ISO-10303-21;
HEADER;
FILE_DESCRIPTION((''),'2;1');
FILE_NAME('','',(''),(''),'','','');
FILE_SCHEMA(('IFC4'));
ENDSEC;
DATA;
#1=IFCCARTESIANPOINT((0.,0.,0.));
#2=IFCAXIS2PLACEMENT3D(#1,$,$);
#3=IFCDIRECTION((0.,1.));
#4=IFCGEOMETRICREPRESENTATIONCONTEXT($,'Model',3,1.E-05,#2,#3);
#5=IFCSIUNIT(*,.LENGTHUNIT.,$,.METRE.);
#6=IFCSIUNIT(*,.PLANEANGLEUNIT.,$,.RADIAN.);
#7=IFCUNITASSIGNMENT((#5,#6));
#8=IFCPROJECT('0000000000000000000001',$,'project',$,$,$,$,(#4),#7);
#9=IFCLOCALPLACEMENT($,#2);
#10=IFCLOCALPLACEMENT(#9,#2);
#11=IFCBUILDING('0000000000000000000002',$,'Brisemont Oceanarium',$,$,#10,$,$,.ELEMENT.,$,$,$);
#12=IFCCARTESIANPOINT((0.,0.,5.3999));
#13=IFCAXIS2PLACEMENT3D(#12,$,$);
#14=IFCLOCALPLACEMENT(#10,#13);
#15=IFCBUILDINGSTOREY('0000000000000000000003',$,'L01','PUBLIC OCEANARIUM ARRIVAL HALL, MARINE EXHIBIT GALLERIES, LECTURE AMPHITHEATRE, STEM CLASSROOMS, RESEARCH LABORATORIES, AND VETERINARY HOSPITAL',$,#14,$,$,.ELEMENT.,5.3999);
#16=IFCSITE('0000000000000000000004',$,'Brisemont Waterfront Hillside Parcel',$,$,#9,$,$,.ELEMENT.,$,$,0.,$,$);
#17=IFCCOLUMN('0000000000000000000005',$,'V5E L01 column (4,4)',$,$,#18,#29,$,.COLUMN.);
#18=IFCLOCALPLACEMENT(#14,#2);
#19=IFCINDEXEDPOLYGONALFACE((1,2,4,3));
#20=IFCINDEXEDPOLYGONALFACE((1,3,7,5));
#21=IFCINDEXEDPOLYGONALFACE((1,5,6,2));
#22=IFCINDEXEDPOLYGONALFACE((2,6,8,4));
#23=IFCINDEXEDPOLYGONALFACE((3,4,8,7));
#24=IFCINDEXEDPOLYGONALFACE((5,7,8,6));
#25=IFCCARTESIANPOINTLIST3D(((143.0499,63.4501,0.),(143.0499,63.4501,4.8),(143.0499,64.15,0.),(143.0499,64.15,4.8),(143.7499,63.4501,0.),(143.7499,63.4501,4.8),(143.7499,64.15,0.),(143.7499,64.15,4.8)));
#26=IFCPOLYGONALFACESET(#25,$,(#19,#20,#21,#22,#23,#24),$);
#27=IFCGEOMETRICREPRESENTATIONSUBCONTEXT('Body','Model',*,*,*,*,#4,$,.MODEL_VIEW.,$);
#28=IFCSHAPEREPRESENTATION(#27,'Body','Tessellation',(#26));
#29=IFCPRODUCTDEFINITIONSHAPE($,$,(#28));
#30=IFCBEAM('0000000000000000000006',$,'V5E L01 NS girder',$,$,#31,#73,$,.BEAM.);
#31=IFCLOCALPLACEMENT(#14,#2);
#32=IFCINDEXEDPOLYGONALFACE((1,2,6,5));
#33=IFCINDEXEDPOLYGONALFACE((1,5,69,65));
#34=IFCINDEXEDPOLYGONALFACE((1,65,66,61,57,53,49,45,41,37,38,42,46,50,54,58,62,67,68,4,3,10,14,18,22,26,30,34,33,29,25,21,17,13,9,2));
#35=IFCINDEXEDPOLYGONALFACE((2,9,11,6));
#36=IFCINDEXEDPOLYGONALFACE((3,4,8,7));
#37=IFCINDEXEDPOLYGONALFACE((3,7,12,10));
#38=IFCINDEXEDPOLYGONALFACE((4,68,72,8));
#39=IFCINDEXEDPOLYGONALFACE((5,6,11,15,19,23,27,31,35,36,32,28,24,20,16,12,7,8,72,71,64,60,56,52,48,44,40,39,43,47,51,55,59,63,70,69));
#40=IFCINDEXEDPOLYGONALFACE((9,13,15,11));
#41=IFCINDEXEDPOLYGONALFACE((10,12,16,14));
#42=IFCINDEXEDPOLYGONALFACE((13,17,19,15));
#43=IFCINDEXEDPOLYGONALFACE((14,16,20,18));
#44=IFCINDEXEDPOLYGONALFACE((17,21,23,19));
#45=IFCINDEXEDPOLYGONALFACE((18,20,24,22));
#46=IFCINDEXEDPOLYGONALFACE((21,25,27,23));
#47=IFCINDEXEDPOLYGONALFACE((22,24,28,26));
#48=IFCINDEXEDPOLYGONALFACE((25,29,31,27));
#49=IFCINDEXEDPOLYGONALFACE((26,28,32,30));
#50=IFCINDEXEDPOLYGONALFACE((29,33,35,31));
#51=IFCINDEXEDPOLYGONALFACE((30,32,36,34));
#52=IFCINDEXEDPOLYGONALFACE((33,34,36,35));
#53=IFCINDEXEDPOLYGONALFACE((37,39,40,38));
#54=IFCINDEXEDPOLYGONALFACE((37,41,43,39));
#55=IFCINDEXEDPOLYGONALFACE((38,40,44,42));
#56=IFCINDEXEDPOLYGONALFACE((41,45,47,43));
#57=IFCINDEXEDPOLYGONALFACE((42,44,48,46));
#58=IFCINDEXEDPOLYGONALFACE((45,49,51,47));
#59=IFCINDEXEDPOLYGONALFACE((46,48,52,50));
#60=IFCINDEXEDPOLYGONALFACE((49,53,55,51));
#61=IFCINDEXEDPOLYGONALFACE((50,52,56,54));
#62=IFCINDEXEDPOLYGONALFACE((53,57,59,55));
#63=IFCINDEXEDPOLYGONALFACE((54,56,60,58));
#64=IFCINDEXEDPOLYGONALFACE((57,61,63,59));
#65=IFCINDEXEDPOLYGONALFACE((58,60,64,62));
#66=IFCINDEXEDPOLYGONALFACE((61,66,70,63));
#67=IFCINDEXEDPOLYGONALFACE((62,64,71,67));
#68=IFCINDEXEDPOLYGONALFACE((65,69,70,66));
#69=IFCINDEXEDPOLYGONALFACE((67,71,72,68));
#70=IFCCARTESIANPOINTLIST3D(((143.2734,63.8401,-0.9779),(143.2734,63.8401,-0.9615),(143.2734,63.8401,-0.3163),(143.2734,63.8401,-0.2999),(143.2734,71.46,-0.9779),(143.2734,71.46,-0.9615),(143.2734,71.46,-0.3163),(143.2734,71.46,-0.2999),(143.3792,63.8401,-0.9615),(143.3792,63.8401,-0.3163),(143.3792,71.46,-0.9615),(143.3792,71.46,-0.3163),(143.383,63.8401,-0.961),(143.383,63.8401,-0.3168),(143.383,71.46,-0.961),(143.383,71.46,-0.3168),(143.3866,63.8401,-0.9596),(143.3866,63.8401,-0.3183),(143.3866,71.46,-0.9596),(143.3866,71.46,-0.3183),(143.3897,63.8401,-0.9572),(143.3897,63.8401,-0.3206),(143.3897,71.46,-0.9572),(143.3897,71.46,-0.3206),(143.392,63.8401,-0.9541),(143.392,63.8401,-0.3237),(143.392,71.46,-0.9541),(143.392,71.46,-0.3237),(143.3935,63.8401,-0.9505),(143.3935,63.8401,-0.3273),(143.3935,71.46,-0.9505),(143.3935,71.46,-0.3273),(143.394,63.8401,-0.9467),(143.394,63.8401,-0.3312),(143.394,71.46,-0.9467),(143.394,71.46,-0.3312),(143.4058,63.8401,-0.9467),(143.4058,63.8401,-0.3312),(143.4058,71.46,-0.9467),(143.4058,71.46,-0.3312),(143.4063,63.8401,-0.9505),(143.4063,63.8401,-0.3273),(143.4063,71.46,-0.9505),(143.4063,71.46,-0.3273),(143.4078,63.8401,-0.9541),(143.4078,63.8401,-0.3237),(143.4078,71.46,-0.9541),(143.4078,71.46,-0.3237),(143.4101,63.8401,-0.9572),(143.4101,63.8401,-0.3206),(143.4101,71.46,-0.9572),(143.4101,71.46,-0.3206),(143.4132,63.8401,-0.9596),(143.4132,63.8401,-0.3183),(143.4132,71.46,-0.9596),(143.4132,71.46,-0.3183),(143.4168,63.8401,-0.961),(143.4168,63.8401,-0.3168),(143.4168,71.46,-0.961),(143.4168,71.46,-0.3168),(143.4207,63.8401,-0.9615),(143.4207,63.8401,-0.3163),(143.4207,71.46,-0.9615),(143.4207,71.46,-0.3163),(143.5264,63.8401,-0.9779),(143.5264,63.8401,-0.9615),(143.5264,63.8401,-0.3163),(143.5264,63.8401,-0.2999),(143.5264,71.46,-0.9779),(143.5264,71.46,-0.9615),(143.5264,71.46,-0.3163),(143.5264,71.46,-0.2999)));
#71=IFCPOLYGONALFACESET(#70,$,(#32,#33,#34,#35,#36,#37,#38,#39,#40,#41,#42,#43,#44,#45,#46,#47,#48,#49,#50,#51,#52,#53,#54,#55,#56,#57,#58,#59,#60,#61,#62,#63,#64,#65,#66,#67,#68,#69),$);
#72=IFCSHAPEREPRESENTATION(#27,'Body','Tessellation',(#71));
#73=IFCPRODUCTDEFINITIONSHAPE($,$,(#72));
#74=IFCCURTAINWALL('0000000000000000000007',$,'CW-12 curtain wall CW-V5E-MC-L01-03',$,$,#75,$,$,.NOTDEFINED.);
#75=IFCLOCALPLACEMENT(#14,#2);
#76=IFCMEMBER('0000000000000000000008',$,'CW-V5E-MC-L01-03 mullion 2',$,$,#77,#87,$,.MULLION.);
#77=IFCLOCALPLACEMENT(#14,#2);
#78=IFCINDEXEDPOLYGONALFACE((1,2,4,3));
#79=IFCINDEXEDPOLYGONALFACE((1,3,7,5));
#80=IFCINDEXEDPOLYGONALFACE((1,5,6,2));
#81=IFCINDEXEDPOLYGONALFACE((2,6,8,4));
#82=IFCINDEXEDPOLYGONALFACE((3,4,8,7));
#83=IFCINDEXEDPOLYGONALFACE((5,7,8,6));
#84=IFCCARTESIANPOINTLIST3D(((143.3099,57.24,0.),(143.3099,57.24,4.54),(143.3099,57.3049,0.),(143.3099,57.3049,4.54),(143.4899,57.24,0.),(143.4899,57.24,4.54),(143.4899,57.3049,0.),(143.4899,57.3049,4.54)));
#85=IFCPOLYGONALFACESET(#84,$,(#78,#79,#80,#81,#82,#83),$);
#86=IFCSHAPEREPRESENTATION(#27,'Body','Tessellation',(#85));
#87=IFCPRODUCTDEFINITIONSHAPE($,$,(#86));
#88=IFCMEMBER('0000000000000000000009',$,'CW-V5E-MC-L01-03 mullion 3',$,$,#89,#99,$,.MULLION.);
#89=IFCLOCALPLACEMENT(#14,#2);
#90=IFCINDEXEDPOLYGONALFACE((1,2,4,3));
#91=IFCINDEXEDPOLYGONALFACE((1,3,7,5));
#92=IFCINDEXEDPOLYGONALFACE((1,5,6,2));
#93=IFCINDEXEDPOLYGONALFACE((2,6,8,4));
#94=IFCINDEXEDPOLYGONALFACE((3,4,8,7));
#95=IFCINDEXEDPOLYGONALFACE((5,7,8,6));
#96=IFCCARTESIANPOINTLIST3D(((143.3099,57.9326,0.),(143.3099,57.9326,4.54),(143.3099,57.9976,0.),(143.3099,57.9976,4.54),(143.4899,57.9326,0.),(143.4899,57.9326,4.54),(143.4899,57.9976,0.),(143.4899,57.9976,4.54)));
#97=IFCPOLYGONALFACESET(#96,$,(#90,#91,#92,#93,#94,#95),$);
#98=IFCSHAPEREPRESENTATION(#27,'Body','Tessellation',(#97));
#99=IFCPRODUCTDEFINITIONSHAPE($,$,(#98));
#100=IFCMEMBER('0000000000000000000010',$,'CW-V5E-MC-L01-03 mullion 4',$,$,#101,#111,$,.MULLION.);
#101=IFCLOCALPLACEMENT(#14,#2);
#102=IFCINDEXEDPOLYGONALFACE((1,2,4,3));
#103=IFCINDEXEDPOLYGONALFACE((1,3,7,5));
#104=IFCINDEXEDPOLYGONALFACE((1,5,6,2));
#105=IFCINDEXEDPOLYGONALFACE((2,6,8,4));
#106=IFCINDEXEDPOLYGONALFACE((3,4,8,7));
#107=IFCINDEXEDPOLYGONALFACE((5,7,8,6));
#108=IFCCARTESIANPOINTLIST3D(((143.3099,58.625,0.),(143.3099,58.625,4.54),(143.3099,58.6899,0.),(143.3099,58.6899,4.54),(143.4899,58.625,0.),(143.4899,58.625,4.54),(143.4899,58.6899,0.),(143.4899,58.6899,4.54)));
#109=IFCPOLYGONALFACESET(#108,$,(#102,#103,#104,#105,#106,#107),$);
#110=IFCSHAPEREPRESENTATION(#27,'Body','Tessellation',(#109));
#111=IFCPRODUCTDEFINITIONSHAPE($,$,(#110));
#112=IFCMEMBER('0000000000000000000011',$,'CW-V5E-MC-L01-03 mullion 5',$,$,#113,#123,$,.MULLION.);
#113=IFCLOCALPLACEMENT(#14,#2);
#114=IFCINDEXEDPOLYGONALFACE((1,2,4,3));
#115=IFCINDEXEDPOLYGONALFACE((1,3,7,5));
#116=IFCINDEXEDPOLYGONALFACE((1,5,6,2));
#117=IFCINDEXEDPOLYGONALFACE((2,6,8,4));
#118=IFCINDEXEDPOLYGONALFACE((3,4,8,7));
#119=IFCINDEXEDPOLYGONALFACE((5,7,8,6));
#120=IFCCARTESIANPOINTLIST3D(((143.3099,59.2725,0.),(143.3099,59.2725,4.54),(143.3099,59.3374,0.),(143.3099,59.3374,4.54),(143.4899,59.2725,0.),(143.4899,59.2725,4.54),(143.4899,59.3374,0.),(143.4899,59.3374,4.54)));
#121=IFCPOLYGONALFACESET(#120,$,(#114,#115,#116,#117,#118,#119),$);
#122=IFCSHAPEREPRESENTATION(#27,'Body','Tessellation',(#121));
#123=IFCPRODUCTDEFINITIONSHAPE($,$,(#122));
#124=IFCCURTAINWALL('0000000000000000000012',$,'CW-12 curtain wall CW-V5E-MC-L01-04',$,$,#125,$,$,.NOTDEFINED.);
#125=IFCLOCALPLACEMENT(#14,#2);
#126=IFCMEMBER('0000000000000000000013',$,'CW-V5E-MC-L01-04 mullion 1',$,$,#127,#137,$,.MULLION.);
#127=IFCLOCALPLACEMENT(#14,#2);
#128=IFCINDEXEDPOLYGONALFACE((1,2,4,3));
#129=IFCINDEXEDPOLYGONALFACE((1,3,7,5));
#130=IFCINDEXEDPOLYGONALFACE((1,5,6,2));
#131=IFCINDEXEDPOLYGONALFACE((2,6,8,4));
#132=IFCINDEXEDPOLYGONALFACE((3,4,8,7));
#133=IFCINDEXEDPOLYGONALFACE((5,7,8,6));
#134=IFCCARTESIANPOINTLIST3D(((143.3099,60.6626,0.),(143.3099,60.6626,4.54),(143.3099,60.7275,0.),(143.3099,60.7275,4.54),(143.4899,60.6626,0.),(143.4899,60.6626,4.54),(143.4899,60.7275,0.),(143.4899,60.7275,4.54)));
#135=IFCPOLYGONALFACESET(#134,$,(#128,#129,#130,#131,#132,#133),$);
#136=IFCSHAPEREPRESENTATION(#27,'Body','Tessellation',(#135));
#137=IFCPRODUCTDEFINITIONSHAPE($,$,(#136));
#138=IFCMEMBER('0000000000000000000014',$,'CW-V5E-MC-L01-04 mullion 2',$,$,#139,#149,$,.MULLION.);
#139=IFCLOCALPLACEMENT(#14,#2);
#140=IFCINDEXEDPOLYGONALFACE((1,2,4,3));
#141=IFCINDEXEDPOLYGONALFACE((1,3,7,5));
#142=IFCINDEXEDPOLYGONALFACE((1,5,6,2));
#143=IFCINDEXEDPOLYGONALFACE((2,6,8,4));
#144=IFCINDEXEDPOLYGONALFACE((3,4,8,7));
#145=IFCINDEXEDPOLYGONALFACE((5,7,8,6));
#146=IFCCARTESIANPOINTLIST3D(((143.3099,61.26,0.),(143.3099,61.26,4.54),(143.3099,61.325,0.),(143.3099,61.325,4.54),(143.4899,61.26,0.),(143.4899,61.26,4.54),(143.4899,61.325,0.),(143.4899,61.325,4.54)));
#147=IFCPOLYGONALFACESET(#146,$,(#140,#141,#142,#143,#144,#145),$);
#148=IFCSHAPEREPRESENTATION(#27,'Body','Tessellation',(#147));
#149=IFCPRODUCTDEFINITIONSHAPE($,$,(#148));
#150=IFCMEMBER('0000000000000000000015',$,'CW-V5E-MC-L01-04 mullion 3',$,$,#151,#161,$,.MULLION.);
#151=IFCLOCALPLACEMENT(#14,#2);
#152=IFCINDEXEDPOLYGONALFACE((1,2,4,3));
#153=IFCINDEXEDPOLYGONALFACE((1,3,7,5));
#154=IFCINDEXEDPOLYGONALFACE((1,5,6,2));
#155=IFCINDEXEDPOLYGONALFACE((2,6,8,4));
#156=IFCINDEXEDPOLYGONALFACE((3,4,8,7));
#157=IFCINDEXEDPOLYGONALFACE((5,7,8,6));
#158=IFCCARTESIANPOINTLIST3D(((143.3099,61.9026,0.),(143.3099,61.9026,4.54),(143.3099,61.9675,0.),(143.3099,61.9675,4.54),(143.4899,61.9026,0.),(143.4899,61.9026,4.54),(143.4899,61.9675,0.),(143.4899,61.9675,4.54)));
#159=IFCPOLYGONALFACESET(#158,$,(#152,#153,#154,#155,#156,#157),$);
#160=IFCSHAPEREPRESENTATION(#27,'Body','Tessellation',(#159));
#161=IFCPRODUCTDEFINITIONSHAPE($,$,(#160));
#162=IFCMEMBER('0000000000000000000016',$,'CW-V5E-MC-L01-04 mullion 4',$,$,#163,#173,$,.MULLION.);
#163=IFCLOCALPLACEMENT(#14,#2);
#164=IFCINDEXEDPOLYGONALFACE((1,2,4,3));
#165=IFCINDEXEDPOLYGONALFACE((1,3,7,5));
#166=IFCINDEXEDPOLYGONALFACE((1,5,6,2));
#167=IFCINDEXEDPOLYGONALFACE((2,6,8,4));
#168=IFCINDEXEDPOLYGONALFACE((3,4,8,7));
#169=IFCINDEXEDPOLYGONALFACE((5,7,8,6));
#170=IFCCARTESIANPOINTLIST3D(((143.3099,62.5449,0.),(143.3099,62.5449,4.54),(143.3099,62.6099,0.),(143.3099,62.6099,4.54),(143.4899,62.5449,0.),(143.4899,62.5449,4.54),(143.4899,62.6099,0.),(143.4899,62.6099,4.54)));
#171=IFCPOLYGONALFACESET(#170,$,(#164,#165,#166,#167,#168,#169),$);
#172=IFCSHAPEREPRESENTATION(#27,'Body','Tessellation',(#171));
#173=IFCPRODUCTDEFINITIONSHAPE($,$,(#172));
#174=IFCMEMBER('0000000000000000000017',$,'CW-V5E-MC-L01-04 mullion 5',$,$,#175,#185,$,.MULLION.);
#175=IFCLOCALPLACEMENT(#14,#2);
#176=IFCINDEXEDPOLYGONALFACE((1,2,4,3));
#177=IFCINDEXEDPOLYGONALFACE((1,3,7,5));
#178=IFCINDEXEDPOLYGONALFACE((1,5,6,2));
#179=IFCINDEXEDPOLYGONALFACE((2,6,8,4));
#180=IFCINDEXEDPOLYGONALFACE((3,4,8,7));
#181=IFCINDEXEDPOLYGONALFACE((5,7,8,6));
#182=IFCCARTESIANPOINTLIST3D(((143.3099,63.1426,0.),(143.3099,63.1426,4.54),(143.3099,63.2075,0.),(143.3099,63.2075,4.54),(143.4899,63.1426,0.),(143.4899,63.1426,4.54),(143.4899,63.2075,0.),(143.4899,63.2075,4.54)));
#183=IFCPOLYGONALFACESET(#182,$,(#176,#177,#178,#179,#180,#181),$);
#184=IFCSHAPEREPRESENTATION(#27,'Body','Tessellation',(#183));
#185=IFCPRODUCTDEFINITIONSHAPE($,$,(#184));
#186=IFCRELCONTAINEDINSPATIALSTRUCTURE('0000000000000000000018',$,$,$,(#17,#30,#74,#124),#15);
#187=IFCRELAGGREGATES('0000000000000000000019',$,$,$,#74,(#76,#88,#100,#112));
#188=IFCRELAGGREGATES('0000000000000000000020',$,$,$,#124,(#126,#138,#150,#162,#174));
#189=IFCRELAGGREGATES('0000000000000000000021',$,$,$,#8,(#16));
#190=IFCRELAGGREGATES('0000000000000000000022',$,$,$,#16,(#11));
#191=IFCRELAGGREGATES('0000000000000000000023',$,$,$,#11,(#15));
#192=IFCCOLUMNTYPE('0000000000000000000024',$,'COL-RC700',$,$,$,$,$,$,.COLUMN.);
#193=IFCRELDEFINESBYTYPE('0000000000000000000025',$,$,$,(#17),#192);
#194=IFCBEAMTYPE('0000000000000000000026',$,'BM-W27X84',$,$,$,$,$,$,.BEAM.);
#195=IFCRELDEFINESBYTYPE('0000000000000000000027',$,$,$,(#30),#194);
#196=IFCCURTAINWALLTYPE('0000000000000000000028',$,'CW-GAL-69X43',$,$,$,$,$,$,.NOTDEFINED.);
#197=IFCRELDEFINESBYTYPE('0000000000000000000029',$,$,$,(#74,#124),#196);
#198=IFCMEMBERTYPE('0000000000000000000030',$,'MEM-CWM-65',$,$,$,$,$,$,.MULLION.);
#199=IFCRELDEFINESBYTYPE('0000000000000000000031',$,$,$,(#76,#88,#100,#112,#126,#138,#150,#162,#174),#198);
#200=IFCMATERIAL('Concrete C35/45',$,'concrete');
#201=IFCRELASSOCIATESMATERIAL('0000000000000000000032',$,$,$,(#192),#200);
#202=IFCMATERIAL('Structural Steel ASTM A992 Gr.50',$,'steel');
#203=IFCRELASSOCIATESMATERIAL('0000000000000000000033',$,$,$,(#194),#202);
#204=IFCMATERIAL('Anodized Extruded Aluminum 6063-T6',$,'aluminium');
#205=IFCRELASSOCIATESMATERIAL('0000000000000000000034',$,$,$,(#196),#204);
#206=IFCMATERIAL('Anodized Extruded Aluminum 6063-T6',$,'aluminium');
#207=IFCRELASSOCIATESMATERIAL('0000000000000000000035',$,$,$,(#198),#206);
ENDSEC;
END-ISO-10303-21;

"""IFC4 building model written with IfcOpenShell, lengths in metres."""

from ifc_helpers import new_model, si_unit, direction, frame, origin, origin_2d, place, context, subcontext, project, spatial, rectangle, i_section, extrude, material, material_profile, profile_set, type_object, element, aggregate, save


model = new_model("IFC4")

# Units and contexts
model_context = context("Model", 3, precision=1e-05, world=origin(), true_north=direction((0.0, 1.0)))
body_context = subcontext(model_context, "Body", "Model", "MODEL_VIEW")
ifc_project = project(units=[si_unit("LENGTHUNIT", "METRE"), si_unit("PLANEANGLEUNIT", "RADIAN")], contexts=[model_context])

# Site, building, storey
site_placement = place(None, origin())
site = spatial("IfcSite", under=ifc_project, at=site_placement, Name="Brisemont Waterfront Hillside Parcel", CompositionType="ELEMENT", RefElevation=0.0)
building_placement = place(site_placement, origin())
building = spatial("IfcBuilding", under=site, at=building_placement, Name="Brisemont Oceanarium", CompositionType="ELEMENT")
storey_placement = place(building_placement, frame((0.0, 0.0, 5.3999)))
storey = spatial("IfcBuildingStorey", under=building, at=storey_placement, Name="L01", Description="PUBLIC OCEANARIUM ARRIVAL HALL, MARINE EXHIBIT GALLERIES, LECTURE AMPHITHEATRE, STEM CLASSROOMS, RESEARCH LABORATORIES, AND VETERINARY HOSPITAL", CompositionType="ELEMENT", Elevation=5.3999)

# Column
ifc_material_1 = material(Name="Concrete C35/45", Category="concrete")
ifc_material_profile_1 = material_profile(ifc_material_1, rectangle(XDim=0.7, YDim=0.7, at=origin_2d()), Name="RC-COL-700X700")
ifc_profile_set_1 = profile_set([ifc_material_profile_1], Name="Concrete C35/45")
column_type = type_object("IfcColumnType", Name="COL-RC700", PredefinedType="COLUMN", material=ifc_profile_set_1)
column_placement = place(storey_placement, frame((143.3999, 63.8, 0.0), z_axis=(0.0, 0.0, 1.0), x_axis=(1.0, 0.0, 0.0)))
element("IfcColumn", 1, at=column_placement, inside=storey, type_object=column_type, Name="V5E L01 column (4,4)", PredefinedType="COLUMN", context=body_context, shape_type="SweptSolid", body=[
    extrude(rectangle(XDim=0.7, YDim=0.7, at=origin_2d()), origin(), (0.0, 0.0, 1.0), 4.8),
])

# Beam
ifc_material_2 = material(Name="Structural Steel ASTM A992 Gr.50", Category="steel")
ifc_material_profile_2 = material_profile(ifc_material_2, i_section(OverallWidth=0.2529, OverallDepth=0.678, WebThickness=0.0117, FlangeThickness=0.0164, FilletRadius=0.0149, at=origin_2d()), Name="W27X84")
ifc_profile_set_2 = profile_set([ifc_material_profile_2], Name="Structural Steel ASTM A992 Gr.50")
beam_type = type_object("IfcBeamType", Name="BM-W27X84", PredefinedType="BEAM", material=ifc_profile_set_2)
beam_placement = place(storey_placement, frame((143.3999, 63.8401, -0.6389), z_axis=(0.0, 1.0, 0.0), x_axis=(-1.0, 0.0, 0.0)))
element("IfcBeam", 2, at=beam_placement, inside=storey, type_object=beam_type, Name="V5E L01 NS girder", PredefinedType="BEAM", context=body_context, shape_type="SweptSolid", body=[
    extrude(i_section(OverallWidth=0.2529, OverallDepth=0.678, WebThickness=0.0117, FlangeThickness=0.0164, FilletRadius=0.0149, at=origin_2d()), origin(), (0.0, 0.0, 1.0), 7.6199),
])

# Curtain walls, members
ifc_material_3 = material(Name="Anodized Extruded Aluminum 6063-T6", Category="aluminium")
curtain_wall_type = type_object("IfcCurtainWallType", Name="CW-GAL-69X43", PredefinedType="NOTDEFINED", material=ifc_material_3)
curtain_wall_1_placement = place(storey_placement, origin())
curtain_wall_1 = element("IfcCurtainWall", 3, at=curtain_wall_1_placement, inside=storey, type_object=curtain_wall_type, Name="CW-12 curtain wall CW-V5E-MC-L01-03", PredefinedType="NOTDEFINED")
ifc_material_4 = material(Name="Anodized Extruded Aluminum 6063-T6", Category="aluminium")
ifc_material_profile_3 = material_profile(ifc_material_4, rectangle(XDim=0.0649, YDim=0.1799, at=origin_2d()), Name="CWM-65X180")
ifc_profile_set_3 = profile_set([ifc_material_profile_3], Name="Anodized Extruded Aluminum 6063-T6")
member_type_1 = type_object("IfcMemberType", Name="MEM-CWM-65", PredefinedType="MULLION", material=ifc_profile_set_3)
member_1_placement = place(storey_placement, frame((143.3999, 57.2725, 0.0), z_axis=(0.0, 0.0, 1.0), x_axis=(0.0, 1.0, 0.0)))
member_1 = element("IfcMember", 4, at=member_1_placement, type_object=member_type_1, Name="CW-V5E-MC-L01-03 mullion 2", PredefinedType="MULLION", context=body_context, shape_type="SweptSolid", body=[
    extrude(rectangle(XDim=0.0649, YDim=0.1799, at=origin_2d()), origin(), (0.0, 0.0, 1.0), 4.54),
])
member_2_placement = place(storey_placement, frame((143.3999, 57.9651, 0.0), z_axis=(0.0, 0.0, 1.0), x_axis=(0.0, 1.0, 0.0)))
member_2 = element("IfcMember", 5, at=member_2_placement, type_object=member_type_1, Name="CW-V5E-MC-L01-03 mullion 3", PredefinedType="MULLION", context=body_context, shape_type="SweptSolid", body=[
    extrude(rectangle(XDim=0.0649, YDim=0.1799, at=origin_2d()), origin(), (0.0, 0.0, 1.0), 4.54),
])
member_3_placement = place(storey_placement, frame((143.3999, 58.6575, 0.0), z_axis=(0.0, 0.0, 1.0), x_axis=(0.0, 1.0, 0.0)))
member_3 = element("IfcMember", 6, at=member_3_placement, type_object=member_type_1, Name="CW-V5E-MC-L01-03 mullion 4", PredefinedType="MULLION", context=body_context, shape_type="SweptSolid", body=[
    extrude(rectangle(XDim=0.0649, YDim=0.1799, at=origin_2d()), origin(), (0.0, 0.0, 1.0), 4.54),
])
member_4_placement = place(storey_placement, frame((143.3999, 59.3049, 0.0), z_axis=(0.0, 0.0, 1.0), x_axis=(0.0, 1.0, 0.0)))
member_4 = element("IfcMember", 7, at=member_4_placement, type_object=member_type_1, Name="CW-V5E-MC-L01-03 mullion 5", PredefinedType="MULLION", context=body_context, shape_type="SweptSolid", body=[
    extrude(rectangle(XDim=0.0649, YDim=0.1799, at=origin_2d()), origin(), (0.0, 0.0, 1.0), 4.54),
])
curtain_wall_2_placement = place(storey_placement, origin())
curtain_wall_2 = element("IfcCurtainWall", 8, at=curtain_wall_2_placement, inside=storey, type_object=curtain_wall_type, Name="CW-12 curtain wall CW-V5E-MC-L01-04", PredefinedType="NOTDEFINED")
member_5_placement = place(storey_placement, frame((143.3999, 60.6951, 0.0), z_axis=(0.0, 0.0, 1.0), x_axis=(0.0, 1.0, 0.0)))
member_5 = element("IfcMember", 9, at=member_5_placement, type_object=member_type_1, Name="CW-V5E-MC-L01-04 mullion 1", PredefinedType="MULLION", context=body_context, shape_type="SweptSolid", body=[
    extrude(rectangle(XDim=0.0649, YDim=0.1799, at=origin_2d()), origin(), (0.0, 0.0, 1.0), 4.54),
])
member_6_placement = place(storey_placement, frame((143.3999, 61.2925, 0.0), z_axis=(0.0, 0.0, 1.0), x_axis=(0.0, 1.0, 0.0)))
member_6 = element("IfcMember", 10, at=member_6_placement, type_object=member_type_1, Name="CW-V5E-MC-L01-04 mullion 2", PredefinedType="MULLION", context=body_context, shape_type="SweptSolid", body=[
    extrude(rectangle(XDim=0.0649, YDim=0.1799, at=origin_2d()), origin(), (0.0, 0.0, 1.0), 4.54),
])
member_7_placement = place(storey_placement, frame((143.3999, 61.9351, 0.0), z_axis=(0.0, 0.0, 1.0), x_axis=(0.0, 1.0, 0.0)))
member_7 = element("IfcMember", 11, at=member_7_placement, type_object=member_type_1, Name="CW-V5E-MC-L01-04 mullion 3", PredefinedType="MULLION", context=body_context, shape_type="SweptSolid", body=[
    extrude(rectangle(XDim=0.0649, YDim=0.1799, at=origin_2d()), origin(), (0.0, 0.0, 1.0), 4.54),
])
member_8_placement = place(storey_placement, frame((143.3999, 62.5774, 0.0), z_axis=(0.0, 0.0, 1.0), x_axis=(0.0, 1.0, 0.0)))
member_8 = element("IfcMember", 12, at=member_8_placement, type_object=member_type_1, Name="CW-V5E-MC-L01-04 mullion 4", PredefinedType="MULLION", context=body_context, shape_type="SweptSolid", body=[
    extrude(rectangle(XDim=0.0649, YDim=0.1799, at=origin_2d()), origin(), (0.0, 0.0, 1.0), 4.54),
])
member_9_placement = place(storey_placement, frame((143.3999, 63.175, 0.0), z_axis=(0.0, 0.0, 1.0), x_axis=(0.0, 1.0, 0.0)))
member_9 = element("IfcMember", 13, at=member_9_placement, type_object=member_type_1, Name="CW-V5E-MC-L01-04 mullion 5", PredefinedType="MULLION", context=body_context, shape_type="SweptSolid", body=[
    extrude(rectangle(XDim=0.0649, YDim=0.1799, at=origin_2d()), origin(), (0.0, 0.0, 1.0), 4.54),
])

aggregate(curtain_wall_1, [member_1, member_2, member_3, member_4])
aggregate(curtain_wall_2, [member_5, member_6, member_7, member_8, member_9])

save(model, "model.ifc")
